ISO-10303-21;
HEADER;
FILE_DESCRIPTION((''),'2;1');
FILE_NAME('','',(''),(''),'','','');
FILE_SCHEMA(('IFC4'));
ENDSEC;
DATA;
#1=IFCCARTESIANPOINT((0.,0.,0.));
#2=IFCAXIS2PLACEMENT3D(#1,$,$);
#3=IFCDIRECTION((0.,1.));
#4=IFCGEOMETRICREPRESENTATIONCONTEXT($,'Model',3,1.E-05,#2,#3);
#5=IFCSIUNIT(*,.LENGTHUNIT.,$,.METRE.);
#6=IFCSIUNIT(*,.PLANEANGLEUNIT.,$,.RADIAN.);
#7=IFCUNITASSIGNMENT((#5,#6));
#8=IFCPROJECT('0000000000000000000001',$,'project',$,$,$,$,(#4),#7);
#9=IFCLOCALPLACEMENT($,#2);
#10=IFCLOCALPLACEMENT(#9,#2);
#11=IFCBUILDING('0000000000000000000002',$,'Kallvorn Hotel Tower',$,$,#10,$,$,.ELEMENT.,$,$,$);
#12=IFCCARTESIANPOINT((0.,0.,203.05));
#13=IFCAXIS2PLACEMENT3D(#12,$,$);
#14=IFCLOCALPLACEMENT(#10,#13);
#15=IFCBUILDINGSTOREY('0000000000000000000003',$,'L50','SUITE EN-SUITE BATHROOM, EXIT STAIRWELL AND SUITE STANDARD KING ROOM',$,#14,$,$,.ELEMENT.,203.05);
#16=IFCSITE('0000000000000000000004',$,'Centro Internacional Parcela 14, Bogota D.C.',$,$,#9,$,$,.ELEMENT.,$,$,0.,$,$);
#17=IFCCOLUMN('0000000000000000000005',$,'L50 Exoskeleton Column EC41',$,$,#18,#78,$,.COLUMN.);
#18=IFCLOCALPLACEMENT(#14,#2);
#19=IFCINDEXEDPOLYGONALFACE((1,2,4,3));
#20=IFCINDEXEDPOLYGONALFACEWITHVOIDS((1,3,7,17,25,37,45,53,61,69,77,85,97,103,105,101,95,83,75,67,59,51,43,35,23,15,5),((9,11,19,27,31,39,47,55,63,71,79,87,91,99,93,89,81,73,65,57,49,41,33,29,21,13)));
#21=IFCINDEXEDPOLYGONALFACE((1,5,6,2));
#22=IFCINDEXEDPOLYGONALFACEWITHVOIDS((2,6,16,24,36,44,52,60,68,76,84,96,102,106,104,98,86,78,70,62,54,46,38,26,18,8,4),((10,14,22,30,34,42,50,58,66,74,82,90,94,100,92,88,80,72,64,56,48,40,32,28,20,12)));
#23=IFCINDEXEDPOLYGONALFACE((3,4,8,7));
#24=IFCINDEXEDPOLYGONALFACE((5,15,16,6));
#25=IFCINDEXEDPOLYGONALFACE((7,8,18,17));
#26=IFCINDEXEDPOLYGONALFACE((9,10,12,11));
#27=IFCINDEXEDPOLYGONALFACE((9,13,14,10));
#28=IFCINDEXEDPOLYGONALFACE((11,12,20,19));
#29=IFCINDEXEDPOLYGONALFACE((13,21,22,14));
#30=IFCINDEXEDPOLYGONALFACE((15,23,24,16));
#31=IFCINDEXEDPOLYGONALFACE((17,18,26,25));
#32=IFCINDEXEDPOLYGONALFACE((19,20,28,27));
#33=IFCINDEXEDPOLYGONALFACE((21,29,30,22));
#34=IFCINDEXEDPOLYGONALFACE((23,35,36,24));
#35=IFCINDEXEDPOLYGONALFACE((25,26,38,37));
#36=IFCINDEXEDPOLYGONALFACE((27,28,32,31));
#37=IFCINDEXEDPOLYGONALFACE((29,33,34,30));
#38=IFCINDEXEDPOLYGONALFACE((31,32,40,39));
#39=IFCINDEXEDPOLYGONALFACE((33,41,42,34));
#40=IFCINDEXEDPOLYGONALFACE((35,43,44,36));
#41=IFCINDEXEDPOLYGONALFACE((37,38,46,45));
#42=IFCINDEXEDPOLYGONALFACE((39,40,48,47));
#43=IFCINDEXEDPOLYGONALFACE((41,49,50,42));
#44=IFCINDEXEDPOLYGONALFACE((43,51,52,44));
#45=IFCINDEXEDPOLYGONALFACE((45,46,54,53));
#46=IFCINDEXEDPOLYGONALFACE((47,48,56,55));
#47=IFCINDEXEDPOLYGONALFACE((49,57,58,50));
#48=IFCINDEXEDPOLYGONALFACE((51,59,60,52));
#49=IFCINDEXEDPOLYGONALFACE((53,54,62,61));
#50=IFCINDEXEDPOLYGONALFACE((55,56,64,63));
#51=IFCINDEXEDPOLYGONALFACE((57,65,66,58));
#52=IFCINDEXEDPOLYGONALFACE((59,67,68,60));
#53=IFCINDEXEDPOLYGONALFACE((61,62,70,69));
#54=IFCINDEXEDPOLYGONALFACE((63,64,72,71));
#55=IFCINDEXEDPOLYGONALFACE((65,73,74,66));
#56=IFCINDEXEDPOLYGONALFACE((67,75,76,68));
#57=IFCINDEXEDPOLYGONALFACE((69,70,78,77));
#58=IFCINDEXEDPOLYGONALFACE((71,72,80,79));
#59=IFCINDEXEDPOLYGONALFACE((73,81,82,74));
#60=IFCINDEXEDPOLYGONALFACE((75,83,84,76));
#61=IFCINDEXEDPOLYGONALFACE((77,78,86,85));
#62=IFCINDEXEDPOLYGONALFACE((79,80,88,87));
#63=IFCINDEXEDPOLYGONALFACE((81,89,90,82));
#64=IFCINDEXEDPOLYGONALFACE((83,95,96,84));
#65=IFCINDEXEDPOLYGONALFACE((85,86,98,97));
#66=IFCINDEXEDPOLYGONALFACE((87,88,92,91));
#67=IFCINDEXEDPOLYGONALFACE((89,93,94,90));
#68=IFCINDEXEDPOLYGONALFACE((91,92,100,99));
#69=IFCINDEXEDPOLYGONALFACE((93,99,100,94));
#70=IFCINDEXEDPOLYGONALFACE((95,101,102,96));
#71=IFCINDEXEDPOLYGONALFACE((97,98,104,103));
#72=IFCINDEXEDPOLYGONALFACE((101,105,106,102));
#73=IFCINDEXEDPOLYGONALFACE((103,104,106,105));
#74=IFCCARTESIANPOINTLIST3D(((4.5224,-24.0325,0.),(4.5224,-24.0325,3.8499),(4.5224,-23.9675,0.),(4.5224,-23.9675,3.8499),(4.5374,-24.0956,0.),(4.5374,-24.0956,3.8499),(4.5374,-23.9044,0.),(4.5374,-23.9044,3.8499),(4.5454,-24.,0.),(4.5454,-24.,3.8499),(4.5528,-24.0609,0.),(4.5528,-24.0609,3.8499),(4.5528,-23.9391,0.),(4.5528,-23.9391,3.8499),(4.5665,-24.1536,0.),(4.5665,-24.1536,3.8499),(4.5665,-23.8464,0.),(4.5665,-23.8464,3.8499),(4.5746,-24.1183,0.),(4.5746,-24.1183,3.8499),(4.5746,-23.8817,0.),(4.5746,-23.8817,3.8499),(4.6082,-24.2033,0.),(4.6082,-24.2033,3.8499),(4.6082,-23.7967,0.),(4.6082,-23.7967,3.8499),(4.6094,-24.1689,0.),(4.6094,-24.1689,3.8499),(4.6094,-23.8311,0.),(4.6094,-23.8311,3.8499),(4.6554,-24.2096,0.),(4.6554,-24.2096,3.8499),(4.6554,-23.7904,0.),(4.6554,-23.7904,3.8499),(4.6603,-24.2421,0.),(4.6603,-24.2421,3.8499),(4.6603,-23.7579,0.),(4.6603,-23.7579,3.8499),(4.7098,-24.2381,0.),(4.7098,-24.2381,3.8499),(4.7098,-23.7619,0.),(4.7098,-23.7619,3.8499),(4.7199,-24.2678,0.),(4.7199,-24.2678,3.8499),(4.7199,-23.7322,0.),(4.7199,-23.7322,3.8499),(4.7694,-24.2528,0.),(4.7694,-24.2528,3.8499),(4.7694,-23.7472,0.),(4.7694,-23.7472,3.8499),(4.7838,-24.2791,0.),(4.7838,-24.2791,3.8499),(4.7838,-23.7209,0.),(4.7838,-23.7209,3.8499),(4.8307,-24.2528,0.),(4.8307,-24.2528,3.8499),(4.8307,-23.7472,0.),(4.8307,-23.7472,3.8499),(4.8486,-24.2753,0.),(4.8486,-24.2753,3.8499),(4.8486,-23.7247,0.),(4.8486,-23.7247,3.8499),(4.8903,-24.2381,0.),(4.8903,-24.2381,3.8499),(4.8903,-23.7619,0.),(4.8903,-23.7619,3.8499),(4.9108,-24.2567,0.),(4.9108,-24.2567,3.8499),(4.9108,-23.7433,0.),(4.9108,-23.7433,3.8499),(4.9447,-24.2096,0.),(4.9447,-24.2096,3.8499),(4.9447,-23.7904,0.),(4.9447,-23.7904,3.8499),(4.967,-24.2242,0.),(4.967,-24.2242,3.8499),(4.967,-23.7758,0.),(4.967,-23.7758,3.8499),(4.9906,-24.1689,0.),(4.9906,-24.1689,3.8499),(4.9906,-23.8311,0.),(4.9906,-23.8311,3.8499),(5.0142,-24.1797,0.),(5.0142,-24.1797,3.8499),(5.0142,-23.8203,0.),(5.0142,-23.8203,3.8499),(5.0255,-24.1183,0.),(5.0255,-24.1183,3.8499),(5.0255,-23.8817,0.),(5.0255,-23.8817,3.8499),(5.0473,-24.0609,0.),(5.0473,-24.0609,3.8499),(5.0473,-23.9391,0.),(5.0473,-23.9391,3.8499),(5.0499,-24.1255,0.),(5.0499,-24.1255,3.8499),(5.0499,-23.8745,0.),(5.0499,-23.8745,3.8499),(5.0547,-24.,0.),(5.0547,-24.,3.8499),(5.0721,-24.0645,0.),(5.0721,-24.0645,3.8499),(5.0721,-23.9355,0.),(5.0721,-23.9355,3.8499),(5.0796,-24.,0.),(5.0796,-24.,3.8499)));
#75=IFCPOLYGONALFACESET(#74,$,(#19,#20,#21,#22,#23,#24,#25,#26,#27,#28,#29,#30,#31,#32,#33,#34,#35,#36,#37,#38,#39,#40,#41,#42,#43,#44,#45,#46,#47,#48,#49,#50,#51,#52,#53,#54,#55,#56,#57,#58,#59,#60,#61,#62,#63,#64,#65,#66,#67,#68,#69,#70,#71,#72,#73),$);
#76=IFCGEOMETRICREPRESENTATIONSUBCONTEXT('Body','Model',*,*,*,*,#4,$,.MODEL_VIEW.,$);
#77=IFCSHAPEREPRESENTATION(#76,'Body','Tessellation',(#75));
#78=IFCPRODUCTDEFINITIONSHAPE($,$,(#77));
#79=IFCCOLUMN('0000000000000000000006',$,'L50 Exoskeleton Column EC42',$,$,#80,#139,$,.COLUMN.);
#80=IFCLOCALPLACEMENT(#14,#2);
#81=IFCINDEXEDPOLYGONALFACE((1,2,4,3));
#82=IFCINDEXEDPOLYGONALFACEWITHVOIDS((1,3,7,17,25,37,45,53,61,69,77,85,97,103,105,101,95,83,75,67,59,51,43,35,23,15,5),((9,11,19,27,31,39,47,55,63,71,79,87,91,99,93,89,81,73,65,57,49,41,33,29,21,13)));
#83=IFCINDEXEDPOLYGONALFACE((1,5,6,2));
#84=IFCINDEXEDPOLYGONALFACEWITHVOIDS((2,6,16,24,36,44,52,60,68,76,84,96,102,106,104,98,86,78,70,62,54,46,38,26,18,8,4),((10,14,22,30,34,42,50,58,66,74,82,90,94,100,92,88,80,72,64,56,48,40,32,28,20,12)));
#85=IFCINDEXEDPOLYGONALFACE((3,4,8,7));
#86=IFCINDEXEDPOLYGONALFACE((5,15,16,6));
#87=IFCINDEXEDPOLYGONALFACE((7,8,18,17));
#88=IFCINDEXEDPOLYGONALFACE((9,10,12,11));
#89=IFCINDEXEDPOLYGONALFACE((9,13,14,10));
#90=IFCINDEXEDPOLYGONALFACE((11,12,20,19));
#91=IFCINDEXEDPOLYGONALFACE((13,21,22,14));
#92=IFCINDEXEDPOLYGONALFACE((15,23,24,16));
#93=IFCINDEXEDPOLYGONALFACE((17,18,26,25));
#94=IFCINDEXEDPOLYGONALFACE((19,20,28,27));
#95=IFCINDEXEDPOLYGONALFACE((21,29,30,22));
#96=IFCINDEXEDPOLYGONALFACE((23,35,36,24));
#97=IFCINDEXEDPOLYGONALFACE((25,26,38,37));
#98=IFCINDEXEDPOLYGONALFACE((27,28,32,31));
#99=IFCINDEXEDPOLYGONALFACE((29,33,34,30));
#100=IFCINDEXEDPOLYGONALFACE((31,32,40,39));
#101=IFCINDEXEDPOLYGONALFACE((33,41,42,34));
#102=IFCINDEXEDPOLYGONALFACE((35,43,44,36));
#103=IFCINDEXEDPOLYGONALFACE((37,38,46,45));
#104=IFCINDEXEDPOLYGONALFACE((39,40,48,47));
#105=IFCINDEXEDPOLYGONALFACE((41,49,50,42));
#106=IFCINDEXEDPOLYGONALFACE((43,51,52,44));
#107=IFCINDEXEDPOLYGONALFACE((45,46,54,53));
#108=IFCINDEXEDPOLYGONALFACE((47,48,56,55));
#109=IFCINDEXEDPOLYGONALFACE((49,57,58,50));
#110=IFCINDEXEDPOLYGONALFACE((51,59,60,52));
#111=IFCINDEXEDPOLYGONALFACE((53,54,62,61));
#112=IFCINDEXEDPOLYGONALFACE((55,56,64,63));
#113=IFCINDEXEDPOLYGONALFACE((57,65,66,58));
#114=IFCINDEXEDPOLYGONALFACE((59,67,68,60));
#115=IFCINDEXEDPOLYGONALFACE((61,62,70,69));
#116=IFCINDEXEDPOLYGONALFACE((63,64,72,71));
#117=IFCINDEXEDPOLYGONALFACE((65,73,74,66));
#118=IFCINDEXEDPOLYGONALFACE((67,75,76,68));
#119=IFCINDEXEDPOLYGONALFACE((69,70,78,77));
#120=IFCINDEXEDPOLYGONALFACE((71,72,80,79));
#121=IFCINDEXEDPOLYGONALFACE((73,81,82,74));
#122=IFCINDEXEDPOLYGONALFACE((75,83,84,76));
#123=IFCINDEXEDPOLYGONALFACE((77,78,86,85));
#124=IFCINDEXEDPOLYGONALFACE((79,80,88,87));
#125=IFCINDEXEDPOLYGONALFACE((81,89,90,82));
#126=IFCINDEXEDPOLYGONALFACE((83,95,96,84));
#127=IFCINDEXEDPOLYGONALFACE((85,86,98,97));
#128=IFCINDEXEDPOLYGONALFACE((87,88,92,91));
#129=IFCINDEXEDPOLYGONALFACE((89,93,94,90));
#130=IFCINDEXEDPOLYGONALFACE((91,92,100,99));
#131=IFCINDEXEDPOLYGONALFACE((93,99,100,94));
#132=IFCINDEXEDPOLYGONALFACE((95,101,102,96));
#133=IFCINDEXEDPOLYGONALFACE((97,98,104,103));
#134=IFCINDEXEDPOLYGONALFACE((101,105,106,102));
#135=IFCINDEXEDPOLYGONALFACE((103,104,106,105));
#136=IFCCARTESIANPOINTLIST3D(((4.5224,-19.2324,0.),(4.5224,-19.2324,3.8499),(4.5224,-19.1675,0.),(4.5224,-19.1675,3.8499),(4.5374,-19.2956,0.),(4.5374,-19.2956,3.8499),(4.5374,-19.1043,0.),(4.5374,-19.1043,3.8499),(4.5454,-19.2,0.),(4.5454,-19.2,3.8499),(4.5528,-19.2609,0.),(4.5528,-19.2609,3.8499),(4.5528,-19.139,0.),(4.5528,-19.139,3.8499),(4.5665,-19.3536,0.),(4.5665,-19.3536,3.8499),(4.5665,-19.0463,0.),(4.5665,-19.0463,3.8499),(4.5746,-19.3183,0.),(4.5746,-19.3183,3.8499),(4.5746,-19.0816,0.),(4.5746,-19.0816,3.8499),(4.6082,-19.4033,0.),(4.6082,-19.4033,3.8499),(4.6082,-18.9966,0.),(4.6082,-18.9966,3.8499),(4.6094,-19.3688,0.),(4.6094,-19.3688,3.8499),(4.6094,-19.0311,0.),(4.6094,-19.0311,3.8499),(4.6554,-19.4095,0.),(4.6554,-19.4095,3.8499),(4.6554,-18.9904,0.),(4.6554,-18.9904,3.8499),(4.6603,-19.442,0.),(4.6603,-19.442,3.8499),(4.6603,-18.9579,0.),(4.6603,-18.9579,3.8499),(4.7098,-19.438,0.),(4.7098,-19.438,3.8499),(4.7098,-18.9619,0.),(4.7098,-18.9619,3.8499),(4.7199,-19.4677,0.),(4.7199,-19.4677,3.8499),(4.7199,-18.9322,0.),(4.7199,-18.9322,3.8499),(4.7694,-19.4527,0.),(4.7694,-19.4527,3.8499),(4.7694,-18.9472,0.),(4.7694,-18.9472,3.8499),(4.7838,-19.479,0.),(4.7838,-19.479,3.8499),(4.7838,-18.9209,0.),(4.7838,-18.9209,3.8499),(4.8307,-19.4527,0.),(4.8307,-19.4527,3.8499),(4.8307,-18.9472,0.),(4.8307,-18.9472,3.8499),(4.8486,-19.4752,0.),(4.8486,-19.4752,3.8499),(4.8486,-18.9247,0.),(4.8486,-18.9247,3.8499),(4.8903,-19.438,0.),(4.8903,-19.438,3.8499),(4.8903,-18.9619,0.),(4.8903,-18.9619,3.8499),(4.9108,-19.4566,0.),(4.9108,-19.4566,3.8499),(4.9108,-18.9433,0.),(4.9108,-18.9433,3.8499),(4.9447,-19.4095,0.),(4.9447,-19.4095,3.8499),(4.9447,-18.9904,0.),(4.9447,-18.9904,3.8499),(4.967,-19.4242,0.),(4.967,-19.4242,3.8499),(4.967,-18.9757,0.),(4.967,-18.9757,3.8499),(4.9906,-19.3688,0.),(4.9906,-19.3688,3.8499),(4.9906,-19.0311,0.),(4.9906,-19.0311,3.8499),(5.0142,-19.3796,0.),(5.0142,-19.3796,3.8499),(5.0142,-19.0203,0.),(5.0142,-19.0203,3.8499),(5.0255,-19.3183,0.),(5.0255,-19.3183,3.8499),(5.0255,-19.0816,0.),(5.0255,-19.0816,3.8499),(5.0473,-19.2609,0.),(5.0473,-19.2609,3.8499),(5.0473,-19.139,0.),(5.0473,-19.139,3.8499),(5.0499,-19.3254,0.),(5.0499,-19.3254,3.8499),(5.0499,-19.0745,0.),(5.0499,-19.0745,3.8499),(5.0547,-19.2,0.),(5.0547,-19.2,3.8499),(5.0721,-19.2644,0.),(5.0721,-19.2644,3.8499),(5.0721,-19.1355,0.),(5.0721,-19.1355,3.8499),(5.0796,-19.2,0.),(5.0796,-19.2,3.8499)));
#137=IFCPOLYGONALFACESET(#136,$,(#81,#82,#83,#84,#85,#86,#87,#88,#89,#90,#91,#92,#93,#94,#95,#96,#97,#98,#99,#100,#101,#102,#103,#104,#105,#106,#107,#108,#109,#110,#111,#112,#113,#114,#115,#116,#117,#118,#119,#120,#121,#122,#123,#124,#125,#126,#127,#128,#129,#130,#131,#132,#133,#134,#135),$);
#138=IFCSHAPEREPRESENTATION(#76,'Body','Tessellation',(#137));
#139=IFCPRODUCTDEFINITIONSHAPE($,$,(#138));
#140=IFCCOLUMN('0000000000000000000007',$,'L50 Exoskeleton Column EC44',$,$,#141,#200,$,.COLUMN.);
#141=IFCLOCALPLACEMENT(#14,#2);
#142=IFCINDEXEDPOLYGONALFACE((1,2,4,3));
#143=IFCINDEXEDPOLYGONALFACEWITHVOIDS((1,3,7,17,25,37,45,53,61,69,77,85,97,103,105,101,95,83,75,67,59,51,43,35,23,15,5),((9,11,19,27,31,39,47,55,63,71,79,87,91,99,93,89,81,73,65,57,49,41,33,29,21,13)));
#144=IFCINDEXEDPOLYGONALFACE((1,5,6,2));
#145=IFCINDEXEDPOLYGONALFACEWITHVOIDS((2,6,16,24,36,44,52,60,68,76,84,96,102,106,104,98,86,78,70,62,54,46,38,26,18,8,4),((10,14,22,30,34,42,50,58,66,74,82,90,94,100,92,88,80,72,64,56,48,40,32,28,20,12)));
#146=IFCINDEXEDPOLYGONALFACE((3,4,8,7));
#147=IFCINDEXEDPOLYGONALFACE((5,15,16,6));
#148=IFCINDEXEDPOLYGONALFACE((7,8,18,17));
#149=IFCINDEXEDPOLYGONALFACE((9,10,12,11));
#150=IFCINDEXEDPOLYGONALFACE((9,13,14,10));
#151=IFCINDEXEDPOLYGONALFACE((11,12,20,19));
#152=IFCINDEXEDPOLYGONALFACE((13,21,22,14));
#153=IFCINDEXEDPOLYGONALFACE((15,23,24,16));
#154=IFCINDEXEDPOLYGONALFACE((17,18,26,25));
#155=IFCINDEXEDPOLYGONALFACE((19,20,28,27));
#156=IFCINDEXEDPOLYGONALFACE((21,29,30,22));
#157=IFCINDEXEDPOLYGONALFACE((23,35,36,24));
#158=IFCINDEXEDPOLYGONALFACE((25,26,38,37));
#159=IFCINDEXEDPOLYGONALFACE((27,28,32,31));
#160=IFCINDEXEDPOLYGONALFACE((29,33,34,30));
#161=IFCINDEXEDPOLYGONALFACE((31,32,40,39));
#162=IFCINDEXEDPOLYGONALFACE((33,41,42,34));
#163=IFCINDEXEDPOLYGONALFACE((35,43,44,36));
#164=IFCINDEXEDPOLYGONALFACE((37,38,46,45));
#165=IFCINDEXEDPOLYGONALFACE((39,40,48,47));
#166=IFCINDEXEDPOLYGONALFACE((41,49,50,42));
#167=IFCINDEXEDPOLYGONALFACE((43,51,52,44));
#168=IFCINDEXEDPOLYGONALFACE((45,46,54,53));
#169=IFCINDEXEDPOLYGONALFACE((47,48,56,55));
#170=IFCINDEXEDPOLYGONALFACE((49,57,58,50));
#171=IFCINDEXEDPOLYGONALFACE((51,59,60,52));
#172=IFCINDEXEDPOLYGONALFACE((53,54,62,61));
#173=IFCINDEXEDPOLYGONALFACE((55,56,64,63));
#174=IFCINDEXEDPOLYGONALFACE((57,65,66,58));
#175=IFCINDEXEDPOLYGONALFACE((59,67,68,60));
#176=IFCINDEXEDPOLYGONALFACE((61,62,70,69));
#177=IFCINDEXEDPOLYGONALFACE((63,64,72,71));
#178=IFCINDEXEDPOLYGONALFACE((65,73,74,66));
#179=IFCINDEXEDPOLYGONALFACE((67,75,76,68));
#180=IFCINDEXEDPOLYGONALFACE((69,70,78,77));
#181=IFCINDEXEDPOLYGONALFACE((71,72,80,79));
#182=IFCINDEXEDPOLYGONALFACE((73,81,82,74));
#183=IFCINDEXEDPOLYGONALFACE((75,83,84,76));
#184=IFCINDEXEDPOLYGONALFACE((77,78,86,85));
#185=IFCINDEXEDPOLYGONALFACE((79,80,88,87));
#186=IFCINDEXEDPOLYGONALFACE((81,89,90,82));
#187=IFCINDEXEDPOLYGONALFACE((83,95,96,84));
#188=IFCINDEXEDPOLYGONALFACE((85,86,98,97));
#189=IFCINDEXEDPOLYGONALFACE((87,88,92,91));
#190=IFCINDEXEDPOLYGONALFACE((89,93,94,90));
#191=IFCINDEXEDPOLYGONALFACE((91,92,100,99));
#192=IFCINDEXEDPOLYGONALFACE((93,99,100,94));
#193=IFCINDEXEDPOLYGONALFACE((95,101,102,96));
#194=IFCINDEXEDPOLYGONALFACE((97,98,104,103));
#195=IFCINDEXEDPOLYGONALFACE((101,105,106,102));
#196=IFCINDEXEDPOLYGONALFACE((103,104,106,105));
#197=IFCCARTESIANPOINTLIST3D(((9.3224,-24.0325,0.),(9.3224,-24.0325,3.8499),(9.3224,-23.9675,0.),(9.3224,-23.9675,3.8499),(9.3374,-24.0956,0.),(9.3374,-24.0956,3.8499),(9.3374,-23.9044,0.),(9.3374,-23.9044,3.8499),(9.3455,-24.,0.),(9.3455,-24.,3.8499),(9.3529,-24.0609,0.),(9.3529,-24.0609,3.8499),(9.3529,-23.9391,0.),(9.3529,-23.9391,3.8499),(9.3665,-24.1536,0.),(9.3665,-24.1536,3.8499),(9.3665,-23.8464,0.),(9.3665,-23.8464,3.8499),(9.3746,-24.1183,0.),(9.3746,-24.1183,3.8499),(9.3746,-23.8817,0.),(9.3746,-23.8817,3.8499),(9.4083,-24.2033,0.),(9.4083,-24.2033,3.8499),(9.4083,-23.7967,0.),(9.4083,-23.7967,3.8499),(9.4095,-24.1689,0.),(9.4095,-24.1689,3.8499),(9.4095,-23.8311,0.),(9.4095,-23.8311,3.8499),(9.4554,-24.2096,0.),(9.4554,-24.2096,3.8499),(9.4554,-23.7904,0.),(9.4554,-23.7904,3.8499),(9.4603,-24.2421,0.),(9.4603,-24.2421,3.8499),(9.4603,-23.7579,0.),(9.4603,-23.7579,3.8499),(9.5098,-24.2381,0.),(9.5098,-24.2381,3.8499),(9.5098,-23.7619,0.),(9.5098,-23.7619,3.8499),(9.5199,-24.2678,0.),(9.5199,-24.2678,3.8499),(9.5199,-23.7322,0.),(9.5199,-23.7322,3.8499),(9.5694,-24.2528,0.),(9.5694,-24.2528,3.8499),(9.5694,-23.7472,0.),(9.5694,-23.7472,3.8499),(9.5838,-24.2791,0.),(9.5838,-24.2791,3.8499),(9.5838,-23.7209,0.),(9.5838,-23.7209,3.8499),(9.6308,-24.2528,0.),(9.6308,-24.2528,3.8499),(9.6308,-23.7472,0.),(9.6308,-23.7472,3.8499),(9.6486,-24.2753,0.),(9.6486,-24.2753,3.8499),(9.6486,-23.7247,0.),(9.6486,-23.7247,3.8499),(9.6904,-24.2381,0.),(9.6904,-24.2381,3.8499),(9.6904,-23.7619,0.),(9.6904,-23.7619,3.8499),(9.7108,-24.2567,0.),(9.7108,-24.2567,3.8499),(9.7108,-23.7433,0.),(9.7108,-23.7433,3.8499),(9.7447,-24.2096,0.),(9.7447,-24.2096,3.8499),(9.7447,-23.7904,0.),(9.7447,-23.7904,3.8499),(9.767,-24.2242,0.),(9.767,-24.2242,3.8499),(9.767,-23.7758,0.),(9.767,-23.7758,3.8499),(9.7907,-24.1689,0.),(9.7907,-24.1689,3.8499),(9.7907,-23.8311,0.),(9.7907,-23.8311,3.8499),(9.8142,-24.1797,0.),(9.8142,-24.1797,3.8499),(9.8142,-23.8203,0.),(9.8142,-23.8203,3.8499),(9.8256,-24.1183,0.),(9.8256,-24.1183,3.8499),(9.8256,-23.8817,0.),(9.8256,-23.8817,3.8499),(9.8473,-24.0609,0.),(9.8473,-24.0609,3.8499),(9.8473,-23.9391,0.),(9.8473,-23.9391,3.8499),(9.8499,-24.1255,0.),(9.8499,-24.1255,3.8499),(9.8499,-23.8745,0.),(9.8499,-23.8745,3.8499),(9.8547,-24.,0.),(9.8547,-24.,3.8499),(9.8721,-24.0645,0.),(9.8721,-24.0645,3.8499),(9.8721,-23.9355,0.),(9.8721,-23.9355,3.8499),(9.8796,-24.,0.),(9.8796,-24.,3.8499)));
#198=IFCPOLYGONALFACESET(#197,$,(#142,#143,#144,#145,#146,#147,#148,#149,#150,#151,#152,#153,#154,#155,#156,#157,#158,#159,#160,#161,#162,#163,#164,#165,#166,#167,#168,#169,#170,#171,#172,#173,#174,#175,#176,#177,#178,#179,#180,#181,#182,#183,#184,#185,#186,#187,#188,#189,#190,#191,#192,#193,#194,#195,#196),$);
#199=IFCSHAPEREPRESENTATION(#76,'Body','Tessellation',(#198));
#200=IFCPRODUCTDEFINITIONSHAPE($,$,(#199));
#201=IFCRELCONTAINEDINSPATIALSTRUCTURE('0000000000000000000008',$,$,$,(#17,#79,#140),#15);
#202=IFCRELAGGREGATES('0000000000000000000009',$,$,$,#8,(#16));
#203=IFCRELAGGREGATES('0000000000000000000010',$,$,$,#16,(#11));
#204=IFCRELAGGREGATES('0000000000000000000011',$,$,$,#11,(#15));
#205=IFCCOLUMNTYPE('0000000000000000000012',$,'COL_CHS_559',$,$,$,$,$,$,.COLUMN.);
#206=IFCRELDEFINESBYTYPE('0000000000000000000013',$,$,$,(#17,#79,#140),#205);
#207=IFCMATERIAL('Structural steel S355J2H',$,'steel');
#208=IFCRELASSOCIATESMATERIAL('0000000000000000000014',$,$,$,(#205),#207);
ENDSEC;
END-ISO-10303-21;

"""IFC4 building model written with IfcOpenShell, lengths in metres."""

from ifc_helpers import new_model, si_unit, direction, frame, origin, origin_2d, place, context, subcontext, project, spatial, hollow_circle, extrude, material, material_profile, profile_set, type_object, element, save


model = new_model("IFC4")

# Units and contexts
model_context = context("Model", 3, precision=1e-05, world=origin(), true_north=direction((0.0, 1.0)))
body_context = subcontext(model_context, "Body", "Model", "MODEL_VIEW")
ifc_project = project(units=[si_unit("LENGTHUNIT", "METRE"), si_unit("PLANEANGLEUNIT", "RADIAN")], contexts=[model_context])

# Site, building, storey
site_placement = place(None, origin())
site = spatial("IfcSite", under=ifc_project, at=site_placement, Name="Centro Internacional Parcela 14, Bogota D.C.", CompositionType="ELEMENT", RefElevation=0.0)
building_placement = place(site_placement, origin())
building = spatial("IfcBuilding", under=site, at=building_placement, Name="Kallvorn Hotel Tower", CompositionType="ELEMENT")
storey_placement = place(building_placement, frame((0.0, 0.0, 203.05)))
storey = spatial("IfcBuildingStorey", under=building, at=storey_placement, Name="L50", Description="SUITE EN-SUITE BATHROOM, EXIT STAIRWELL AND SUITE STANDARD KING ROOM", CompositionType="ELEMENT", Elevation=203.05)

# Columns
ifc_material_1 = material(Name="Structural steel S355J2H", Category="steel")
ifc_material_profile_1 = material_profile(ifc_material_1, hollow_circle(Radius=0.2795, WallThickness=0.0249, at=origin_2d()), Name="CHS 559x25")
ifc_profile_set_1 = profile_set([ifc_material_profile_1], Name="Structural steel S355J2H")
column_type_1 = type_object("IfcColumnType", Name="COL_CHS_559", PredefinedType="COLUMN", material=ifc_profile_set_1)
for number, where, z_axis, x_axis, name in (
    (1, (4.8, -24.0, 0.0), (0.0, 0.0, 1.0), (1.0, 0.0, 0.0), "L50 Exoskeleton Column EC41"),
    (2, (4.8, -19.2, 0.0), (0.0, 0.0, 1.0), (1.0, 0.0, 0.0), "L50 Exoskeleton Column EC42"),
    (3, (9.6001, -24.0, 0.0), (0.0, 0.0, 1.0), (1.0, 0.0, 0.0), "L50 Exoskeleton Column EC44"),
):
    element("IfcColumn", number, at=place(storey_placement, frame(where, z_axis=z_axis, x_axis=x_axis)), inside=storey, type_object=column_type_1, Name=name, PredefinedType="COLUMN", context=body_context, shape_type="SweptSolid", body=[
        extrude(hollow_circle(Radius=0.2795, WallThickness=0.0249, at=origin_2d()), origin(), (0.0, 0.0, 1.0), 3.8499),
    ])

save(model, "model.ifc")
